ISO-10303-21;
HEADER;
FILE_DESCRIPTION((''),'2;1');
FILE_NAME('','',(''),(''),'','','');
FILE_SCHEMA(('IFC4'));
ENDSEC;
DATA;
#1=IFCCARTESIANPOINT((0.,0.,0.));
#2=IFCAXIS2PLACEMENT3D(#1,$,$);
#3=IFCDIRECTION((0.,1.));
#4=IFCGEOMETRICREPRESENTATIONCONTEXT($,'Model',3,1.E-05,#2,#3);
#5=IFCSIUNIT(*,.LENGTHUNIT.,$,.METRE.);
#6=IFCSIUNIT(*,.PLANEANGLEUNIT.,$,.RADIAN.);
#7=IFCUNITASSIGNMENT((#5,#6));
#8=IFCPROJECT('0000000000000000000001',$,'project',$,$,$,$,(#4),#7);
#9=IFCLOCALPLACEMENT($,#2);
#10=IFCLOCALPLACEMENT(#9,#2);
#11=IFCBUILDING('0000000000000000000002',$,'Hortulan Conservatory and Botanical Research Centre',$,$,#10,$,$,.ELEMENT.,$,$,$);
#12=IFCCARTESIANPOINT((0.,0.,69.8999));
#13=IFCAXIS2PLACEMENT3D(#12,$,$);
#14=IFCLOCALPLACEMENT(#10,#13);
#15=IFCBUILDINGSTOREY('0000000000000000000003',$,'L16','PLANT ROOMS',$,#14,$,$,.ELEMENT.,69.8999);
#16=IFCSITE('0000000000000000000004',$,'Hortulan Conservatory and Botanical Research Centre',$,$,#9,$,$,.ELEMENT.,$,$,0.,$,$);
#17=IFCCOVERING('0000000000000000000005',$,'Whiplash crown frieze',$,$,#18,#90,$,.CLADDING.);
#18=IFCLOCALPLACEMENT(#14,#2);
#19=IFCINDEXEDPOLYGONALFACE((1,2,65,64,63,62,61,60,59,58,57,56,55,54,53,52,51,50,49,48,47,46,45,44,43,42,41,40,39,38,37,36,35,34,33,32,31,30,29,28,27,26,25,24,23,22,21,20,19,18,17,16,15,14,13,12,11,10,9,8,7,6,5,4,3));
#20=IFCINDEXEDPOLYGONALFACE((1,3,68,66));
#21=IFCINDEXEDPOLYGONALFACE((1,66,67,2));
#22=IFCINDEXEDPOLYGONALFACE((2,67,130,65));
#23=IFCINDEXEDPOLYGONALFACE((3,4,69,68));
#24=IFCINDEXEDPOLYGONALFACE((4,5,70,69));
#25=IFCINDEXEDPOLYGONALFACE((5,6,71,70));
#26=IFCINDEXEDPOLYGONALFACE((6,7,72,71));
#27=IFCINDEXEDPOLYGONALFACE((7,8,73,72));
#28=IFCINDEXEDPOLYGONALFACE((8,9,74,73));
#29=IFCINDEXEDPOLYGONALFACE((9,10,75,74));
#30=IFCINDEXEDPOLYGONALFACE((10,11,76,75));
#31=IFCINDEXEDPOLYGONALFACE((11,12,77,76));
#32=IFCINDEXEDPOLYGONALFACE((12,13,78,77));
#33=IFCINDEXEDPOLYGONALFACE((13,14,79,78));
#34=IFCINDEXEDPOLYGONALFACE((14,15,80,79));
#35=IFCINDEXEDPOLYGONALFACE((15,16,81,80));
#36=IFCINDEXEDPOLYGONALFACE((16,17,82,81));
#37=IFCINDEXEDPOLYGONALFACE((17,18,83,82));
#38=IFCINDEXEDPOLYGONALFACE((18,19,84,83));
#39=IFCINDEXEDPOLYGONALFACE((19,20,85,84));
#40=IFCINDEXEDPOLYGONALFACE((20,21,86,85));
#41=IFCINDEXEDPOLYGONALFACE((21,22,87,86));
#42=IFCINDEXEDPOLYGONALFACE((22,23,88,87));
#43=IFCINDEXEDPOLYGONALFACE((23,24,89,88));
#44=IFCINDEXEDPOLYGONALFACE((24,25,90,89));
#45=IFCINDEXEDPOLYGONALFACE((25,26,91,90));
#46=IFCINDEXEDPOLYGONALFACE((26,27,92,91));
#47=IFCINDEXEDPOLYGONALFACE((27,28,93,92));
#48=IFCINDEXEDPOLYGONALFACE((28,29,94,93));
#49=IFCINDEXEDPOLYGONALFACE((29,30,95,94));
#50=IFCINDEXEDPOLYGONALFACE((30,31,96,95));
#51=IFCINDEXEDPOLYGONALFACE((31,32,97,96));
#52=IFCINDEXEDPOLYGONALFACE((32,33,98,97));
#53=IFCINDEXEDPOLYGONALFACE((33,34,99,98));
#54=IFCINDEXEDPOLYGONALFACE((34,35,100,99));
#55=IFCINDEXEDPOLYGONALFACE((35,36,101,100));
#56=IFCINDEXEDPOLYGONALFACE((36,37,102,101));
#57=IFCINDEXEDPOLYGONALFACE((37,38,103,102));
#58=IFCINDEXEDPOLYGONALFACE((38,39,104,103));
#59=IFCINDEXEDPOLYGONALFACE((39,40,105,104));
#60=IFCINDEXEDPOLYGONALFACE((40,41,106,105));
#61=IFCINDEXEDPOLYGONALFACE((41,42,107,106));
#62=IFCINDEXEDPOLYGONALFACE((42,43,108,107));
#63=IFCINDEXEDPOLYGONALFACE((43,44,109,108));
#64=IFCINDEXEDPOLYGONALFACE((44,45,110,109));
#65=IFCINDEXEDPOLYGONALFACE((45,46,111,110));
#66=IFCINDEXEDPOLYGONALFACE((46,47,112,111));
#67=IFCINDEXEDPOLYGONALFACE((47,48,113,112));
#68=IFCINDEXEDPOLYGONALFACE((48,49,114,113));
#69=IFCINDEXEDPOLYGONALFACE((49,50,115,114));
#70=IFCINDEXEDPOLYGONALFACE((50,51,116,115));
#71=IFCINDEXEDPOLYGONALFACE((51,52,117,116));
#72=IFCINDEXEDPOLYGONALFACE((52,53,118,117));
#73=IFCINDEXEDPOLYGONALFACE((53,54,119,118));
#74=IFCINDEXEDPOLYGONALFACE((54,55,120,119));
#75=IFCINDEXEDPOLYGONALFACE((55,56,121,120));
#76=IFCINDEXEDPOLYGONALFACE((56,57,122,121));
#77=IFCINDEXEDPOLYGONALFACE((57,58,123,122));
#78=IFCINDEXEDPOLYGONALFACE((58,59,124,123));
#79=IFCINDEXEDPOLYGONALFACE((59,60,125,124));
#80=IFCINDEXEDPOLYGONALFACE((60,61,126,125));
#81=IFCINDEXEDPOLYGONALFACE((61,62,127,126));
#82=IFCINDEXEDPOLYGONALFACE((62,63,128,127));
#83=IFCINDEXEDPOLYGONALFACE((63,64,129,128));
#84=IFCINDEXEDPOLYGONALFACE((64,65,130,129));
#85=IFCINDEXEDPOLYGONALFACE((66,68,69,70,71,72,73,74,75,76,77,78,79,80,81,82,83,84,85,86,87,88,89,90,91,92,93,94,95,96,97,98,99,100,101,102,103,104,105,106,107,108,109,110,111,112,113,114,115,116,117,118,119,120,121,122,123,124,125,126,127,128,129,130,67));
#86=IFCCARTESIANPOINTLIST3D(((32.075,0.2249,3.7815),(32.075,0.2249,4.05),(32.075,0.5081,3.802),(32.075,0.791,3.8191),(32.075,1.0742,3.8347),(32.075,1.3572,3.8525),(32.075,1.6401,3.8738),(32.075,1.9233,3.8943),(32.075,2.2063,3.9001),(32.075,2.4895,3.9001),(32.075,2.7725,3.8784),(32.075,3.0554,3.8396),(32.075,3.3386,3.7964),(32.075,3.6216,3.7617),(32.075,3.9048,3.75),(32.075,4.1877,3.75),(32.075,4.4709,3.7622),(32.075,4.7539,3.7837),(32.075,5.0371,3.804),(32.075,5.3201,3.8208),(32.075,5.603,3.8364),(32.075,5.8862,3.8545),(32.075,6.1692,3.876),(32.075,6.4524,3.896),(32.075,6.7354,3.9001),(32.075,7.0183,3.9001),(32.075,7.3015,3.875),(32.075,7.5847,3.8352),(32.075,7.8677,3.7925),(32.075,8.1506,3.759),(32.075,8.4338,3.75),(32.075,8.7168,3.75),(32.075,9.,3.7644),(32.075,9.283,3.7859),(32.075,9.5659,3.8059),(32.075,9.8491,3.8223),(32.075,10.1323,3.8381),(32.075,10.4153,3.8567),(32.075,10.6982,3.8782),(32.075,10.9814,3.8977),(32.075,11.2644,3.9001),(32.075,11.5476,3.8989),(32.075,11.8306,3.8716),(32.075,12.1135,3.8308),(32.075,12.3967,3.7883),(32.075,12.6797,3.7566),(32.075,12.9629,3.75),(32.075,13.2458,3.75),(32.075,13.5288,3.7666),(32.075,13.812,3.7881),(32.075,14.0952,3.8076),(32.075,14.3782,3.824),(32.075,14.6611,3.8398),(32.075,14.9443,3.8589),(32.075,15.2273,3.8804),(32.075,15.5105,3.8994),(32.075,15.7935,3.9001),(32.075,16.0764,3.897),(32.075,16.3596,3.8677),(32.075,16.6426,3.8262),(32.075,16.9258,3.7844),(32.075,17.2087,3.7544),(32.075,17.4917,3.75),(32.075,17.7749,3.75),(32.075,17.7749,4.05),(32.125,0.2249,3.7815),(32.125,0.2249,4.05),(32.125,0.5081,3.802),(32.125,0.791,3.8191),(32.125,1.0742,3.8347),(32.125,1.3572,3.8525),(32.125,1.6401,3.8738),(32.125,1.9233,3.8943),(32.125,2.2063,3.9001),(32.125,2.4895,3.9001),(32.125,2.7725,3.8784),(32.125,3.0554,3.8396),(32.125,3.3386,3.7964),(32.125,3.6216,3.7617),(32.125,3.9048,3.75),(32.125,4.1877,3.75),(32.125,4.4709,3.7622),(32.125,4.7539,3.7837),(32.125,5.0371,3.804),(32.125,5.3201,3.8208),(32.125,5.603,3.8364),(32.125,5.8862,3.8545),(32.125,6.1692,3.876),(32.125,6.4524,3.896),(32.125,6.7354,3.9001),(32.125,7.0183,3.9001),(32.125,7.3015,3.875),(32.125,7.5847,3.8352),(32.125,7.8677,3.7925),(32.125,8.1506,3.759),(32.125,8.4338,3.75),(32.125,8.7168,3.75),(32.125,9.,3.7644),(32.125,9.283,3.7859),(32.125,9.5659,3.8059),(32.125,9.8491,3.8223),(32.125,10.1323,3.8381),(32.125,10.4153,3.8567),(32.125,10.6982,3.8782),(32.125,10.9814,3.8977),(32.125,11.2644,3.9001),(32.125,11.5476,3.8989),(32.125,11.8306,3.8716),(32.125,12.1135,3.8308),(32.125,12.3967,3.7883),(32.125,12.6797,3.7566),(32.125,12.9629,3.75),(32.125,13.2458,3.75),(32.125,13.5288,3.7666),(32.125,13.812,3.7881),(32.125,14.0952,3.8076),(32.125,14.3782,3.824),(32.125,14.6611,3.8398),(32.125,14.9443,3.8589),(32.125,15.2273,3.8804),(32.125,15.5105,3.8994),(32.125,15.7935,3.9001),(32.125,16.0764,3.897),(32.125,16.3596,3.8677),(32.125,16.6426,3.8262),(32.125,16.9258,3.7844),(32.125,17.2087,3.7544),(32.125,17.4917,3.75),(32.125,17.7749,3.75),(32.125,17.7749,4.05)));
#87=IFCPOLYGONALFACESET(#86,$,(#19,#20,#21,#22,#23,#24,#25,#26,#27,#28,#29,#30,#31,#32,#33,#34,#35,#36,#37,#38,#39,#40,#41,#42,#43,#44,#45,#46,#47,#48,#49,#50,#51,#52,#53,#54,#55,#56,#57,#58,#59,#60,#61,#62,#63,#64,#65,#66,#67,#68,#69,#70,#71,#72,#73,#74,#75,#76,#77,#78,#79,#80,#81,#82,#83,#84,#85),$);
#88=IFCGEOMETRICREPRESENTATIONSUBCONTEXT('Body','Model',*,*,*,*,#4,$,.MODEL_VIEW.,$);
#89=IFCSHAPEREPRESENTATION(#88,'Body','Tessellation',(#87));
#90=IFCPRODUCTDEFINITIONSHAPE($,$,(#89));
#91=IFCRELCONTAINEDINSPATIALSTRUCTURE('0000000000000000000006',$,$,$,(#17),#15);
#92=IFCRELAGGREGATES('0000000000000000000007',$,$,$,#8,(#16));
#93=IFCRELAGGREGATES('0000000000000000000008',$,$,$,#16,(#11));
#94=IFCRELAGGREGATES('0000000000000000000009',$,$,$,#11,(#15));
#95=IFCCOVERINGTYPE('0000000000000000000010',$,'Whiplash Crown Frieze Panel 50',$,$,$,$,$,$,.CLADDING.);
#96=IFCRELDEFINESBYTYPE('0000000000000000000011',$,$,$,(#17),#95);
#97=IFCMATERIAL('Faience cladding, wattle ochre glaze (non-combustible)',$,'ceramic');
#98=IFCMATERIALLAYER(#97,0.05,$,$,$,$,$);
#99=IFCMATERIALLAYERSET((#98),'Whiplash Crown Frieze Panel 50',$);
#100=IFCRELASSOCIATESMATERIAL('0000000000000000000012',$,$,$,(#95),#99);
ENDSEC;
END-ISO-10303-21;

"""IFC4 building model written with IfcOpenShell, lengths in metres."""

from ifc_helpers import new_model, si_unit, direction, frame, origin, place, context, subcontext, project, spatial, polyline, outline, extrude, material, layer, layer_set, type_object, element, save


model = new_model("IFC4")

# Units and contexts
model_context = context("Model", 3, precision=1e-05, world=origin(), true_north=direction((0.0, 1.0)))
body_context = subcontext(model_context, "Body", "Model", "MODEL_VIEW")
ifc_project = project(units=[si_unit("LENGTHUNIT", "METRE"), si_unit("PLANEANGLEUNIT", "RADIAN")], contexts=[model_context])

# Site, building, storey
site_placement = place(None, origin())
site = spatial("IfcSite", under=ifc_project, at=site_placement, Name="Hortulan Conservatory and Botanical Research Centre", CompositionType="ELEMENT", RefElevation=0.0)
building_placement = place(site_placement, origin())
building = spatial("IfcBuilding", under=site, at=building_placement, Name="Hortulan Conservatory and Botanical Research Centre", CompositionType="ELEMENT")
storey_placement = place(building_placement, frame((0.0, 0.0, 69.8999)))
storey = spatial("IfcBuildingStorey", under=building, at=storey_placement, Name="L16", Description="PLANT ROOMS", CompositionType="ELEMENT", Elevation=69.8999)

# Covering
ifc_material_1 = material(Name="Faience cladding, wattle ochre glaze (non-combustible)", Category="ceramic")
ifc_layer_1 = layer(ifc_material_1, 0.05)
ifc_layer_set_1 = layer_set([ifc_layer_1], Name="Whiplash Crown Frieze Panel 50")
covering_type = type_object("IfcCoveringType", Name="Whiplash Crown Frieze Panel 50", PredefinedType="CLADDING", material=ifc_layer_set_1)
covering_placement = place(storey_placement, frame((32.1001, 17.7749, 3.75), z_axis=(0.0, 0.0, 1.0), x_axis=(0.0, -1.0, 0.0)))
element("IfcCovering", 1, at=covering_placement, inside=storey, type_object=covering_type, Name="Whiplash crown frieze", PredefinedType="CLADDING", context=body_context, shape_type="SweptSolid", body=[
    extrude(outline(polyline([(0.0, 0.0), (0.2832, 0.0), (0.5662, 0.0044), (0.8491, 0.0344), (1.1323, 0.0762), (1.4153, 0.1177), (1.6985, 0.147), (1.9814, 0.1501), (2.2644, 0.1494), (2.5476, 0.1304), (2.8306, 0.1089), (3.1138, 0.0898), (3.3967, 0.074), (3.6797, 0.0576), (3.9629, 0.0381), (4.2461, 0.0166), (4.5291, 0.0), (4.812, 0.0), (5.0952, 0.0066), (5.3782, 0.0383), (5.6614, 0.0808), (5.9443, 0.1216), (6.2273, 0.1489), (6.5105, 0.1501), (6.7935, 0.1477), (7.0767, 0.1282), (7.3596, 0.1067), (7.6426, 0.0881), (7.9258, 0.0723), (8.209, 0.0559), (8.4919, 0.0359), (8.7749, 0.0144), (9.0581, 0.0), (9.3411, 0.0), (9.6243, 0.009), (9.9072, 0.0425), (10.1902, 0.0852), (10.4734, 0.125), (10.7566, 0.1501), (11.0396, 0.1501), (11.3225, 0.146), (11.6057, 0.126), (11.8887, 0.1045), (12.1719, 0.0864), (12.4548, 0.0708), (12.7378, 0.054), (13.021, 0.0337), (13.304, 0.0122), (13.5872, 0.0), (13.8701, 0.0), (14.1533, 0.0117), (14.4363, 0.0464), (14.7195, 0.0896), (15.0024, 0.1284), (15.2854, 0.1501), (15.5686, 0.1501), (15.8516, 0.1443), (16.1348, 0.1238), (16.4177, 0.1025), (16.7007, 0.0847), (16.9839, 0.0691), (17.2668, 0.052), (17.55, 0.0315), (17.55, 0.3), (0.0, 0.3), (0.0, 0.0)])), frame((0.0, 0.0249, 0.0), z_axis=(0.0, -1.0, 0.0), x_axis=(1.0, 0.0, 0.0)), (0.0, 0.0, 1.0), 0.05),
])

save(model, "model.ifc")
